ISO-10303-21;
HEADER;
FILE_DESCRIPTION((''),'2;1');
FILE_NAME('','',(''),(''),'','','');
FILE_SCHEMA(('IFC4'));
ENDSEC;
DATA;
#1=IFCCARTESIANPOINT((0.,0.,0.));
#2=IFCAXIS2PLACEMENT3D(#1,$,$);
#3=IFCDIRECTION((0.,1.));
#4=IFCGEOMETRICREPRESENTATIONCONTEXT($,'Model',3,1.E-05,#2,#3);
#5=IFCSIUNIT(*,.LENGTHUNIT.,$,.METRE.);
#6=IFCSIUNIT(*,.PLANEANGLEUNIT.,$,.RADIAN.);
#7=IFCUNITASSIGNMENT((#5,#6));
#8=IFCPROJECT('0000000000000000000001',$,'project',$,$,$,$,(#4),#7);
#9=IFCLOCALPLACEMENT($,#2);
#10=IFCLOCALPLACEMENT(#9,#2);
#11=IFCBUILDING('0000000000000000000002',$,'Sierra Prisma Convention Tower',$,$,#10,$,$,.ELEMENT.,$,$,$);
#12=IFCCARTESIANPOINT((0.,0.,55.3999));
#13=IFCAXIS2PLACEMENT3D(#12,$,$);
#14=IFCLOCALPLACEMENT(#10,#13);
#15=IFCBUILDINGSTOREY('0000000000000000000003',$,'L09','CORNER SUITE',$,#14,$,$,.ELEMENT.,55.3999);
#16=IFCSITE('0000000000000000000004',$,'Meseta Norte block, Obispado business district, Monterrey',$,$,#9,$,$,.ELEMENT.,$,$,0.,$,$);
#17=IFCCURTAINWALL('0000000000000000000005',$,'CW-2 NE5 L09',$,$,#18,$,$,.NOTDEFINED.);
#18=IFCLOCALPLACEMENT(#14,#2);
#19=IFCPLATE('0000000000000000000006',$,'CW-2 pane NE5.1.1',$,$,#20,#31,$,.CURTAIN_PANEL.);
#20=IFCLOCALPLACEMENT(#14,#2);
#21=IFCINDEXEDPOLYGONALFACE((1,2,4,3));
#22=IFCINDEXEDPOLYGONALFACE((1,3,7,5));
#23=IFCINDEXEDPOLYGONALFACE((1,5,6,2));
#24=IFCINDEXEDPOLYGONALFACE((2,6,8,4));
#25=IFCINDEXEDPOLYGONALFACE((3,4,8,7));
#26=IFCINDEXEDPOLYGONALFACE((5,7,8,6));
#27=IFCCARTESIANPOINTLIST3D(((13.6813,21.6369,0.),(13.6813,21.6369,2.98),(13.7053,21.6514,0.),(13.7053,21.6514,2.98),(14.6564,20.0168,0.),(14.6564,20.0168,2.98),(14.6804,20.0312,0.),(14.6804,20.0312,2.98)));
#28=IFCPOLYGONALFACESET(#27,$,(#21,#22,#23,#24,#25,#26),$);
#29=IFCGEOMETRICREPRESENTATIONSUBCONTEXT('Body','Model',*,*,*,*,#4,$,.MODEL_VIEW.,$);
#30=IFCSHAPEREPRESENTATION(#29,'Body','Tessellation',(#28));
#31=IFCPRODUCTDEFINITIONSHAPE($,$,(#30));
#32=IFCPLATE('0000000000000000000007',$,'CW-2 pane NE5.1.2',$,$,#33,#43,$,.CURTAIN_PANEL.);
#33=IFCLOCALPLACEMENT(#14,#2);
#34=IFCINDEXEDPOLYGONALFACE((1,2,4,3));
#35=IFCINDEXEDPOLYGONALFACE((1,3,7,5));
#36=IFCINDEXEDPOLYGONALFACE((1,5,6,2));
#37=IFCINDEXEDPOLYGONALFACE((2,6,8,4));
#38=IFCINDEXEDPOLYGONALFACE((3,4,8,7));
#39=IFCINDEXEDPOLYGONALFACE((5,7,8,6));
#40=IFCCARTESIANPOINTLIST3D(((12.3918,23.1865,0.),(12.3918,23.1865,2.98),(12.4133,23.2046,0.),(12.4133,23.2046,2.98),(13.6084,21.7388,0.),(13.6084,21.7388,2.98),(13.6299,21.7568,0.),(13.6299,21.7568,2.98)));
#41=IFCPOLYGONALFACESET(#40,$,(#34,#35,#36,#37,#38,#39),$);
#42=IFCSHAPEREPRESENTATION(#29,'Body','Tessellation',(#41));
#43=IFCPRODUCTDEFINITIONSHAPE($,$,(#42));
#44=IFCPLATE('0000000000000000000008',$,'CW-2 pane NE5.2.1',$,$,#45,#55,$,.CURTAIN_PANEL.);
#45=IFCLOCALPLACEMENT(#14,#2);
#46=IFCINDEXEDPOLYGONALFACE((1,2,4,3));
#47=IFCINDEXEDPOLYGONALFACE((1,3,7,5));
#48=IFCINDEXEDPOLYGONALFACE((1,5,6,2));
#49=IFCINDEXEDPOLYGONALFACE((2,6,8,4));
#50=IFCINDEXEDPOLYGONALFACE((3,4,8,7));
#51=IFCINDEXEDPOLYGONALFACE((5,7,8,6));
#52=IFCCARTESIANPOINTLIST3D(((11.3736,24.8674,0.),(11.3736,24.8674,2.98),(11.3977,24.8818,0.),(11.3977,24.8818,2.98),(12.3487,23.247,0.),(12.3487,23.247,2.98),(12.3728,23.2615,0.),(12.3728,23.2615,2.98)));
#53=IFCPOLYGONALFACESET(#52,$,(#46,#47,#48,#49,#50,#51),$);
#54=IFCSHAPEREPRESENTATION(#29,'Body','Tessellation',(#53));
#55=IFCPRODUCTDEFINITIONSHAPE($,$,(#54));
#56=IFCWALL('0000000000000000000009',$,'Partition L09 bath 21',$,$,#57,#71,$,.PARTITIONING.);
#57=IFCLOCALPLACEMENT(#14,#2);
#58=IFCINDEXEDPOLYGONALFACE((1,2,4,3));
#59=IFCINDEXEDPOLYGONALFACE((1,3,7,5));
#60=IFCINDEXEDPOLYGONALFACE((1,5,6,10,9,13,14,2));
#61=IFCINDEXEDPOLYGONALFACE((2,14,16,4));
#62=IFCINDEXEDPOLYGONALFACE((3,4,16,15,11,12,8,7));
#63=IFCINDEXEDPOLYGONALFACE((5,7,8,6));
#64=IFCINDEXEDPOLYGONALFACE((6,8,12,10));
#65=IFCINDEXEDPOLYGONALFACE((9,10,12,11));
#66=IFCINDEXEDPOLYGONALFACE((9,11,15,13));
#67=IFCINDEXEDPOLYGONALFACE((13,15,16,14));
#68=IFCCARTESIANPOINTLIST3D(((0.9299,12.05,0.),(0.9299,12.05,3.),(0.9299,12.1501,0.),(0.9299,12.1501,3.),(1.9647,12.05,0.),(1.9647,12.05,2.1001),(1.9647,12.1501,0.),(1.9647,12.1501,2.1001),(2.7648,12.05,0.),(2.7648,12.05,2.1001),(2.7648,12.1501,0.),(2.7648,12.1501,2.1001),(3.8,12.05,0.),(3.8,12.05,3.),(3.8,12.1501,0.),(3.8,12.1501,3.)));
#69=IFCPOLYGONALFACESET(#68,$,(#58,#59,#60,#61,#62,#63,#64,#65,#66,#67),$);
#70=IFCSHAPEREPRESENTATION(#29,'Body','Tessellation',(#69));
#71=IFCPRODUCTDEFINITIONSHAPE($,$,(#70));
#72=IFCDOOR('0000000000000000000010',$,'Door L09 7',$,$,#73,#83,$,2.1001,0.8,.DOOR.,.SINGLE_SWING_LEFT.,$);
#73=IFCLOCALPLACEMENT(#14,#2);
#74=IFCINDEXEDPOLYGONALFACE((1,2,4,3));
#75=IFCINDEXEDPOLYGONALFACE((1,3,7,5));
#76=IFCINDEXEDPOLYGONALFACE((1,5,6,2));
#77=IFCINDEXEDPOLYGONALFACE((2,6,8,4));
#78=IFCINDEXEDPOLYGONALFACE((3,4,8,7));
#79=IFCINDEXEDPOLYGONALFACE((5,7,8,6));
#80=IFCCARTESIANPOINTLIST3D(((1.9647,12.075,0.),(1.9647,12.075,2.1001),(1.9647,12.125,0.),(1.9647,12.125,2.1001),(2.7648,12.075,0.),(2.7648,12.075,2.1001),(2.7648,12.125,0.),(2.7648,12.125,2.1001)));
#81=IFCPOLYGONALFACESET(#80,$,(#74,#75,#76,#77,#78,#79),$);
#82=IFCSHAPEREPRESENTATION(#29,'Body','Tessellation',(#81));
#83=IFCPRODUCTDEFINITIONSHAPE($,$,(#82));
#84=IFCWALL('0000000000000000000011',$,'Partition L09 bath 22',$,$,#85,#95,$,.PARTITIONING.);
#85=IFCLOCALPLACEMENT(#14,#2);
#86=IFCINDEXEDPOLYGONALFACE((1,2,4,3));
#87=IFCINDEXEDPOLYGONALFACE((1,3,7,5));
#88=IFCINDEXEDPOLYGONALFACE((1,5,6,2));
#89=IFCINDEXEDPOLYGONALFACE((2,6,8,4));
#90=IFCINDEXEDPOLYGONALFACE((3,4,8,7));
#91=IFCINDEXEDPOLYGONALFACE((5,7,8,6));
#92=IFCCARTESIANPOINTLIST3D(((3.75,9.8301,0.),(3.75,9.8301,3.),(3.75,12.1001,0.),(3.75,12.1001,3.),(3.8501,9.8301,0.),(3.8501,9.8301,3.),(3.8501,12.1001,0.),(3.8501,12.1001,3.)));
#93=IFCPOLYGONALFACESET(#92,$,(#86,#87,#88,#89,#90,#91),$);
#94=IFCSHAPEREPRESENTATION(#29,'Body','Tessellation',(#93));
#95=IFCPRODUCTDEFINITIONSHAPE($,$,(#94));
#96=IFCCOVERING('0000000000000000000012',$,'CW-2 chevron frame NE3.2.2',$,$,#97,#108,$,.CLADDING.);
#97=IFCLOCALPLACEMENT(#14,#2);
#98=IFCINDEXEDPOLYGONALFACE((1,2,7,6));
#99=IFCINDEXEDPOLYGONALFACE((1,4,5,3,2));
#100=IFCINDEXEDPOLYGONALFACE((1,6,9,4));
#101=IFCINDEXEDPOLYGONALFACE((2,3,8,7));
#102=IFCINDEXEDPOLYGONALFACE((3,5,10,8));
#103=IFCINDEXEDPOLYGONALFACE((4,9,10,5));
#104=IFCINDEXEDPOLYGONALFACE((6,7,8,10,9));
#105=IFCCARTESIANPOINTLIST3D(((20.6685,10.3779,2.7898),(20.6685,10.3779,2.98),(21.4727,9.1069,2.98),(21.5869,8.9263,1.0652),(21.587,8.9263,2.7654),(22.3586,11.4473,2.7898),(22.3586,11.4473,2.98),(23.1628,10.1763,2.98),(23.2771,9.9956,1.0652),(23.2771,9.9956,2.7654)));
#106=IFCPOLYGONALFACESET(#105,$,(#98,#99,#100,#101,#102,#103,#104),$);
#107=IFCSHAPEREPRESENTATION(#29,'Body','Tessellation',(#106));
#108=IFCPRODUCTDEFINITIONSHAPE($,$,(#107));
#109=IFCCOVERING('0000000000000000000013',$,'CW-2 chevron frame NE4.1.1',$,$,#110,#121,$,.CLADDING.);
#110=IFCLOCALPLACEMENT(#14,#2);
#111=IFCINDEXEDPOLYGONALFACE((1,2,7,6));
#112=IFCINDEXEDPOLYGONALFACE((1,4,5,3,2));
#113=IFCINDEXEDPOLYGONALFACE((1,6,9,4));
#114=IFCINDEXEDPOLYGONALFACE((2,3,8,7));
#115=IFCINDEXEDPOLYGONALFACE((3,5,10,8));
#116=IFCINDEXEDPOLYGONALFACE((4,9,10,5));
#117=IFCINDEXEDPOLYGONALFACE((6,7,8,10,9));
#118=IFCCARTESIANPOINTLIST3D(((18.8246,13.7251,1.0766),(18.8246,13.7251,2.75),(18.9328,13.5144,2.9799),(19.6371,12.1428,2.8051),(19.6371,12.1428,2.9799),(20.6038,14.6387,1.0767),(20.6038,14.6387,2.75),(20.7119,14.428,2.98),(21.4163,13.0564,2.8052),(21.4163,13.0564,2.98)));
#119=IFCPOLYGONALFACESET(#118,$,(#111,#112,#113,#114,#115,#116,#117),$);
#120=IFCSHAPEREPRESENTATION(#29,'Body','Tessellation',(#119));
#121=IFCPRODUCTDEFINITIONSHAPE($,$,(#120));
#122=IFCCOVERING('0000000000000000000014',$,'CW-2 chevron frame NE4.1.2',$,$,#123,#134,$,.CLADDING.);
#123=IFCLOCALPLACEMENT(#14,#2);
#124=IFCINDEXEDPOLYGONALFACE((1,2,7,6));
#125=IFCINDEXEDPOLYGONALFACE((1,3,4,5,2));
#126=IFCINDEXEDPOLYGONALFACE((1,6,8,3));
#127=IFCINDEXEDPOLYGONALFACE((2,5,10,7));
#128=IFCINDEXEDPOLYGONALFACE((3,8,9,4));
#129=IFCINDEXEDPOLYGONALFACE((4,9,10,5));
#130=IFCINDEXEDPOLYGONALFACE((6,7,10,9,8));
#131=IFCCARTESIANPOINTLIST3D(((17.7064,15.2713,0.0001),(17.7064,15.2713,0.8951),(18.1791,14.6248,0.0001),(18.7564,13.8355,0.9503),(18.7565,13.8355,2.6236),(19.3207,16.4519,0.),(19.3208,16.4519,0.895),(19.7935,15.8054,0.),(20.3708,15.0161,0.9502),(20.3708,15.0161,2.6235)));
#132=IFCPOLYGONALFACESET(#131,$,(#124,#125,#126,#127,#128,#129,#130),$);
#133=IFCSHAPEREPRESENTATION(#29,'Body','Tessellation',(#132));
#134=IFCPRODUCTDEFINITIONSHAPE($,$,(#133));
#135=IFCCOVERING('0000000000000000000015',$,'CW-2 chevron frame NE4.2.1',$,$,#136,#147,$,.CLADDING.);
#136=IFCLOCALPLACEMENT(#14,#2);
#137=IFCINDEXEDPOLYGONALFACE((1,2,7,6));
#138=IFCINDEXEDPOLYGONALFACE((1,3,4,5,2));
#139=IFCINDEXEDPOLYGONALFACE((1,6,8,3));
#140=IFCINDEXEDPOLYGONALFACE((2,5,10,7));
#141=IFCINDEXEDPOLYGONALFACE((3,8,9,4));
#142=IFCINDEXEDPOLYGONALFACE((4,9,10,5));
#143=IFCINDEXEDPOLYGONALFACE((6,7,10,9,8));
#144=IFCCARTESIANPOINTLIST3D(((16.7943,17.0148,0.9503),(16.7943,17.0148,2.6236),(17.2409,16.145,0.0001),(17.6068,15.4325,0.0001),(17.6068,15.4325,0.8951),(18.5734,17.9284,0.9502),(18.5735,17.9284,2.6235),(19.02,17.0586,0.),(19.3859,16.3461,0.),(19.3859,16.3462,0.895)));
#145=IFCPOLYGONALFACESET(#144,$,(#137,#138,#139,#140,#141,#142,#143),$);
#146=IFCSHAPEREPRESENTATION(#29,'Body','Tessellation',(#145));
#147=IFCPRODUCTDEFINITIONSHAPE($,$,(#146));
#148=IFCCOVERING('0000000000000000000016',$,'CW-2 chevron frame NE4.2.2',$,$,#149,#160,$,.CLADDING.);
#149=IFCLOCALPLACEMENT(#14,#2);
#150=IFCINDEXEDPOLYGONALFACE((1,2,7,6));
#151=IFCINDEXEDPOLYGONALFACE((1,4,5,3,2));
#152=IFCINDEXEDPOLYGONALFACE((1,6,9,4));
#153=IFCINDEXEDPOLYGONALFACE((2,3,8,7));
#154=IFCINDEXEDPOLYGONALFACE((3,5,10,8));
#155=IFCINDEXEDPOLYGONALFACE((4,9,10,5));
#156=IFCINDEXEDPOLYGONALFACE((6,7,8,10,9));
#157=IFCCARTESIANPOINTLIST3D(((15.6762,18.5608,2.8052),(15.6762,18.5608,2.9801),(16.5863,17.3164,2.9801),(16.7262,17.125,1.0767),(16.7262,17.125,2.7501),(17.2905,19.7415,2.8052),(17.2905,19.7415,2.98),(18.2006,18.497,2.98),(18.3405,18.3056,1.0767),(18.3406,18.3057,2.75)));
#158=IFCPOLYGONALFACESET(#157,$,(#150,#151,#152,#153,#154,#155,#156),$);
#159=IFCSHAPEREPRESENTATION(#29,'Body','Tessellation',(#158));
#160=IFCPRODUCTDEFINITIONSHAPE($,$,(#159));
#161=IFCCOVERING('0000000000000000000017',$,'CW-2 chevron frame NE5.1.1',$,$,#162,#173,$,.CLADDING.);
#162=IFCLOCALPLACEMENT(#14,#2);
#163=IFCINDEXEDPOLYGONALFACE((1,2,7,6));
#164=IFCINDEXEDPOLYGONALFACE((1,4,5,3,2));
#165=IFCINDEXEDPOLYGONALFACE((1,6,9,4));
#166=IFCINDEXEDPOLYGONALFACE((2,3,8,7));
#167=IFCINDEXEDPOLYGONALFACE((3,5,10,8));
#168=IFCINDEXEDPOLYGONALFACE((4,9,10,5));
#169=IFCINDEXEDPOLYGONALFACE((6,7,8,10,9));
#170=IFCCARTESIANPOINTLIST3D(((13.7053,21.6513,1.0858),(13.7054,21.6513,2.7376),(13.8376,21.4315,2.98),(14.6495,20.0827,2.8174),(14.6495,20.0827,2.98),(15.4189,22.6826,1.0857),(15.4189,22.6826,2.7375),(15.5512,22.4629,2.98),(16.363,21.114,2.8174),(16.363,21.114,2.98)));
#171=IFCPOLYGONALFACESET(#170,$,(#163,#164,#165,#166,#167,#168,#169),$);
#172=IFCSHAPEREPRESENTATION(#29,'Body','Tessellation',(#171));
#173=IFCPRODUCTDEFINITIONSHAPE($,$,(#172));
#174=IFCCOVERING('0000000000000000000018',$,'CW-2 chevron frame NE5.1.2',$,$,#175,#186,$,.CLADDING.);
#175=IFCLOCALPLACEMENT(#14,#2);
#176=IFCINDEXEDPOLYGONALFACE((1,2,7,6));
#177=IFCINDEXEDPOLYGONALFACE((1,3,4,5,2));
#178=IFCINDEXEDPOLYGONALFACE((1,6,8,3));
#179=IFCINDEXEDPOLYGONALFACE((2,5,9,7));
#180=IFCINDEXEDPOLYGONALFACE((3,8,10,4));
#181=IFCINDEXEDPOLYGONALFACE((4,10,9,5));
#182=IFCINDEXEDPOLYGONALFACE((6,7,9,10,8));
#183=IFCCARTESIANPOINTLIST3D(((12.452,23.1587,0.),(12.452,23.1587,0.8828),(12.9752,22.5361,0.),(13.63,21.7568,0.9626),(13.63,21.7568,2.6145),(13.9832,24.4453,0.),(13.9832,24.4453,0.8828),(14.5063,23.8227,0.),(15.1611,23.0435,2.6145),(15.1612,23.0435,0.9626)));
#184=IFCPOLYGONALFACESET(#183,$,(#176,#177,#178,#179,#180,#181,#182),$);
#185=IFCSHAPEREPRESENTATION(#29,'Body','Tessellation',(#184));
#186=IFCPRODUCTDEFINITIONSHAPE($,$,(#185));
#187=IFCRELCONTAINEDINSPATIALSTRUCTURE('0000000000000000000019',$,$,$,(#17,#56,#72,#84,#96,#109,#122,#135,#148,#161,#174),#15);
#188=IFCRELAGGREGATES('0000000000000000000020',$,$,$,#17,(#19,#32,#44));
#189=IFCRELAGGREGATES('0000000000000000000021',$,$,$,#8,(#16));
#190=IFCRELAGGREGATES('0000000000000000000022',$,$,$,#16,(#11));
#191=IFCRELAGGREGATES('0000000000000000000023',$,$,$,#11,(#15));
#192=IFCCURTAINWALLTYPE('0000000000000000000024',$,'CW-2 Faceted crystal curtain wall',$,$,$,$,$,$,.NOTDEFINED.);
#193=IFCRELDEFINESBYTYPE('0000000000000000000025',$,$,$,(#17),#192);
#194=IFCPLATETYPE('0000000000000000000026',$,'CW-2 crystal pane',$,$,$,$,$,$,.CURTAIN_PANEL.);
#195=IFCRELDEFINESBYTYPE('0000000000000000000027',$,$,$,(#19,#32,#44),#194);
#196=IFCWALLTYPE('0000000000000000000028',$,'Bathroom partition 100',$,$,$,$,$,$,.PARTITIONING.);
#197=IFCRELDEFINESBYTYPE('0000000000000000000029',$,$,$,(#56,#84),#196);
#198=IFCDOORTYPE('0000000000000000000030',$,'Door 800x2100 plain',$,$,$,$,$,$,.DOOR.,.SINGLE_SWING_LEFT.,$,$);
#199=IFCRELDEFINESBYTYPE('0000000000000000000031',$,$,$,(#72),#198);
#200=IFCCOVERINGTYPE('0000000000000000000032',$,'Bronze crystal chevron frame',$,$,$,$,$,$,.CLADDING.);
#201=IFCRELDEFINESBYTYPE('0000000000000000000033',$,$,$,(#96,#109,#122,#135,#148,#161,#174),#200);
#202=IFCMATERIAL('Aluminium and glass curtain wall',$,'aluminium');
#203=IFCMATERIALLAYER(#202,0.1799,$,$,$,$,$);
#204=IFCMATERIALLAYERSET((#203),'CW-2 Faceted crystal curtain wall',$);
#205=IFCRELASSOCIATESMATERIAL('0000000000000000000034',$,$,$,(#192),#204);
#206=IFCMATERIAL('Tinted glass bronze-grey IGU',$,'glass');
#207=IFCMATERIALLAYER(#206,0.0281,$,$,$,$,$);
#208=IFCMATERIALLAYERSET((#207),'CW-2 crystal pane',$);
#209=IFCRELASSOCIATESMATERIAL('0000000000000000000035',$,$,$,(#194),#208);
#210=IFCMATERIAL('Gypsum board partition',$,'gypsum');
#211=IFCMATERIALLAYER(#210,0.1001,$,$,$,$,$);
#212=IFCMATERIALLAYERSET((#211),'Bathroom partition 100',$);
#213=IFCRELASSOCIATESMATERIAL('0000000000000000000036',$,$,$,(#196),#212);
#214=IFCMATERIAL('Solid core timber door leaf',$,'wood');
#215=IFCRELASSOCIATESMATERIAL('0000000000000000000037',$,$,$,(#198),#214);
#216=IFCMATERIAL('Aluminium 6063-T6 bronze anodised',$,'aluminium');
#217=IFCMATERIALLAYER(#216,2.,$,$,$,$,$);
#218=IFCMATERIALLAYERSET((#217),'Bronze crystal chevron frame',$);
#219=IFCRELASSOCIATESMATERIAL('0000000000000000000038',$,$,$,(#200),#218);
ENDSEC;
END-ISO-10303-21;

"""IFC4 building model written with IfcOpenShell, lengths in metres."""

from ifc_helpers import new_model, si_unit, direction, frame, frame_2d, origin, place, context, subcontext, project, spatial, polyline, rectangle, outline, extrude, material, layer, layer_set, type_object, element, fill, aggregate, save


model = new_model("IFC4")

# Units and contexts
model_context = context("Model", 3, precision=1e-05, world=origin(), true_north=direction((0.0, 1.0)))
body_context = subcontext(model_context, "Body", "Model", "MODEL_VIEW")
ifc_project = project(units=[si_unit("LENGTHUNIT", "METRE"), si_unit("PLANEANGLEUNIT", "RADIAN")], contexts=[model_context])

# Site, building, storey
site_placement = place(None, origin())
site = spatial("IfcSite", under=ifc_project, at=site_placement, Name="Meseta Norte block, Obispado business district, Monterrey", CompositionType="ELEMENT", RefElevation=0.0)
building_placement = place(site_placement, origin())
building = spatial("IfcBuilding", under=site, at=building_placement, Name="Sierra Prisma Convention Tower", CompositionType="ELEMENT")
storey_placement = place(building_placement, frame((0.0, 0.0, 55.3999)))
storey = spatial("IfcBuildingStorey", under=building, at=storey_placement, Name="L09", Description="CORNER SUITE", CompositionType="ELEMENT", Elevation=55.3999)

# Curtain wall
ifc_material_1 = material(Name="Aluminium and glass curtain wall", Category="aluminium")
ifc_layer_1 = layer(ifc_material_1, 0.1799)
ifc_layer_set_1 = layer_set([ifc_layer_1], Name="CW-2 Faceted crystal curtain wall")
curtain_wall_type = type_object("IfcCurtainWallType", Name="CW-2 Faceted crystal curtain wall", PredefinedType="NOTDEFINED", material=ifc_layer_set_1)
curtain_wall_1_placement = place(storey_placement, origin())
curtain_wall_1 = element("IfcCurtainWall", 1, at=curtain_wall_1_placement, inside=storey, type_object=curtain_wall_type, Name="CW-2 NE5 L09", PredefinedType="NOTDEFINED")

# Plates
ifc_material_2 = material(Name="Tinted glass bronze-grey IGU", Category="glass")
ifc_layer_2 = layer(ifc_material_2, 0.0281)
ifc_layer_set_2 = layer_set([ifc_layer_2], Name="CW-2 crystal pane")
plate_type = type_object("IfcPlateType", Name="CW-2 crystal pane", PredefinedType="CURTAIN_PANEL", material=ifc_layer_set_2)
plate_1_placement = place(storey_placement, frame((14.6804, 20.0312, 0.0), z_axis=(0.856786, 0.515672, 0.0), x_axis=(-0.515672, 0.856786, 0.0)))
plate_1 = element("IfcPlate", 2, at=plate_1_placement, type_object=plate_type, Name="CW-2 pane NE5.1.1", PredefinedType="CURTAIN_PANEL", context=body_context, shape_type="SweptSolid", body=[
    extrude(outline(polyline([(0.0, 0.0), (1.8909, 0.0), (1.8909, 2.98), (0.0, 2.98), (0.0, 0.0)])), origin(), (0.0, 0.0, -1.0), 0.0281),
])
plate_2_placement = place(storey_placement, frame((12.4133, 23.2046, 0.0), z_axis=(0.76559, 0.643328, 0.0), x_axis=(0.643328, -0.76559, 0.0)))
plate_2 = element("IfcPlate", 3, at=plate_2_placement, type_object=plate_type, Name="CW-2 pane NE5.1.2", PredefinedType="CURTAIN_PANEL", context=body_context, shape_type="SweptSolid", body=[
    extrude(outline(polyline([(0.0, 0.0), (1.891, 0.0), (1.891, -2.98), (0.0, -2.98), (0.0, 0.0)])), origin(), (0.0, 0.0, -1.0), 0.0281),
])
plate_3_placement = place(storey_placement, frame((12.3728, 23.2615, 0.0), z_axis=(0.85682, 0.515615, 0.0), x_axis=(-0.515615, 0.85682, 0.0)))
plate_3 = element("IfcPlate", 4, at=plate_3_placement, type_object=plate_type, Name="CW-2 pane NE5.2.1", PredefinedType="CURTAIN_PANEL", context=body_context, shape_type="SweptSolid", body=[
    extrude(outline(polyline([(0.0, 0.0), (1.8911, 0.0), (1.8911, 2.98), (0.0, 2.98), (0.0, 0.0)])), origin(), (0.0, 0.0, -1.0), 0.0281),
])
aggregate(curtain_wall_1, [plate_1, plate_2, plate_3])

# Wall, opening, door
ifc_material_3 = material(Name="Gypsum board partition", Category="gypsum")
ifc_layer_3 = layer(ifc_material_3, 0.1001)
ifc_layer_set_3 = layer_set([ifc_layer_3], Name="Bathroom partition 100")
wall_type = type_object("IfcWallType", Name="Bathroom partition 100", PredefinedType="PARTITIONING", material=ifc_layer_set_3)
wall_1_placement = place(storey_placement, frame((0.9299, 12.1001, 0.0), z_axis=(0.0, 0.0, 1.0), x_axis=(1.0, 0.0, 0.0)))
wall_1 = element("IfcWall", 5, at=wall_1_placement, inside=storey, type_object=wall_type, Name="Partition L09 bath 21", PredefinedType="PARTITIONING", context=body_context, shape_type="SweptSolid", body=[
    extrude(rectangle(XDim=2.8701, YDim=0.1001, at=frame_2d((1.4351, 0.0))), origin(), (0.0, 0.0, 1.0), 3.0),
])
opening_placement = place(wall_1_placement, frame((1.0349, 0.0, 0.0)))
opening = element("IfcOpeningElement", 6, at=opening_placement, cuts=wall_1, PredefinedType="OPENING", context=body_context, shape_type="SweptSolid", body=[
    extrude(rectangle(XDim=0.8, YDim=2.1001, at=frame_2d((0.3999, 1.05))), frame((0.0, 0.05, 0.0), z_axis=(0.0, -1.0, 0.0), x_axis=(1.0, 0.0, 0.0)), (0.0, 0.0, 1.0), 0.1001),
])
ifc_material_4 = material(Name="Solid core timber door leaf", Category="wood")
door_type = type_object("IfcDoorType", Name="Door 800x2100 plain", OperationType="SINGLE_SWING_LEFT", PredefinedType="DOOR", material=ifc_material_4)
door_placement = place(opening_placement, origin())
door = element("IfcDoor", 7, at=door_placement, inside=storey, type_object=door_type, Name="Door L09 7", OperationType="SINGLE_SWING_LEFT", OverallHeight=2.1001, OverallWidth=0.8, PredefinedType="DOOR", context=body_context, shape_type="SweptSolid", body=[
    extrude(rectangle(XDim=0.8, YDim=2.1001, at=frame_2d((0.3999, 1.05))), frame((0.0, 0.0249, 0.0), z_axis=(0.0, -1.0, 0.0), x_axis=(1.0, 0.0, 0.0)), (0.0, 0.0, 1.0), 0.05),
])
fill(opening, door)

# Wall
wall_2_placement = place(storey_placement, frame((3.8, 12.1001, 0.0), z_axis=(0.0, 0.0, 1.0), x_axis=(0.0, -1.0, 0.0)))
element("IfcWall", 8, at=wall_2_placement, inside=storey, type_object=wall_type, Name="Partition L09 bath 22", PredefinedType="PARTITIONING", context=body_context, shape_type="SweptSolid", body=[
    extrude(rectangle(XDim=2.27, YDim=0.1001, at=frame_2d((1.135, 0.0))), origin(), (0.0, 0.0, 1.0), 3.0),
])

# Coverings
ifc_material_5 = material(Name="Aluminium 6063-T6 bronze anodised", Category="aluminium")
ifc_layer_4 = layer(ifc_material_5, 2.0)
ifc_layer_set_4 = layer_set([ifc_layer_4], Name="Bronze crystal chevron frame")
covering_type = type_object("IfcCoveringType", Name="Bronze crystal chevron frame", PredefinedType="CLADDING", material=ifc_layer_set_4)
covering_1_placement = place(storey_placement, frame((22.3586, 11.4473, 2.98), z_axis=(0.845062, 0.534669, -0.000019), x_axis=(0.534669, -0.845062, 0.0)))
element("IfcCovering", 9, at=covering_1_placement, inside=storey, type_object=covering_type, Name="CW-2 chevron frame NE3.2.2", PredefinedType="CLADDING", context=body_context, shape_type="SweptSolid", body=[
    extrude(outline(polyline([(0.0, 0.0), (1.5041, 0.0), (1.7178, 0.2146), (1.7178, 1.9148), (0.0, 0.1902), (0.0, 0.0)])), origin(), (0.0, 0.0, -1.0), 2.0),
])
covering_2_placement = place(storey_placement, frame((21.4163, 13.0564, 2.98), z_axis=(0.889571, 0.456798, 0.000016), x_axis=(0.000014, 0.000007, -1.0)))
element("IfcCovering", 10, at=covering_2_placement, inside=storey, type_object=covering_type, Name="CW-2 chevron frame NE4.1.1", PredefinedType="CLADDING", context=body_context, shape_type="SweptSolid", body=[
    extrude(outline(polyline([(0.0, 0.0), (0.1748, 0.0), (1.9033, 1.7787), (0.23, 1.7787), (0.0, 1.5419), (0.0, 0.0)])), origin(), (0.0, 0.0, -1.0), 2.0),
])
covering_3_placement = place(storey_placement, frame((20.3708, 15.0161, 2.6235), z_axis=(0.807184, 0.590299, -0.000038), x_axis=(-0.000031, -0.000023, -1.0)))
element("IfcCovering", 11, at=covering_3_placement, inside=storey, type_object=covering_type, Name="CW-2 chevron frame NE4.1.2", PredefinedType="CLADDING", context=body_context, shape_type="SweptSolid", body=[
    extrude(outline(polyline([(0.0, 0.0), (1.6733, 0.0), (2.6235, 0.978), (2.6235, 1.7788), (1.7285, 1.7788), (0.0, 0.0)])), origin(), (0.0, 0.0, -1.0), 2.0),
])
covering_4_placement = place(storey_placement, frame((19.02, 17.0586, 0.0), z_axis=(0.889561, 0.456817, -0.000044), x_axis=(-0.327581, 0.637966, 0.696915)))
element("IfcCovering", 12, at=covering_4_placement, inside=storey, type_object=covering_type, Name="CW-2 chevron frame NE4.2.1", PredefinedType="CLADDING", context=body_context, shape_type="SweptSolid", body=[
    extrude(outline(polyline([(0.0, 0.0), (1.3634, 0.0), (2.5296, 1.2), (0.0494, 1.2), (-0.5744, 0.5582), (0.0, 0.0)])), origin(), (0.0, 0.0, -1.0), 2.0),
])
covering_5_placement = place(storey_placement, frame((17.2905, 19.7415, 2.98), z_axis=(0.80717, 0.59032, -0.000036), x_axis=(0.59032, -0.80717, 0.0)))
element("IfcCovering", 13, at=covering_5_placement, inside=storey, type_object=covering_type, Name="CW-2 chevron frame NE4.2.2", PredefinedType="CLADDING", context=body_context, shape_type="SweptSolid", body=[
    extrude(outline(polyline([(0.0, 0.0), (1.5417, 0.0), (1.7788, 0.23), (1.7788, 1.9033), (0.0, 0.1748), (0.0, 0.0)])), origin(), (0.0, 0.0, -1.0), 2.0),
])
covering_6_placement = place(storey_placement, frame((16.363, 21.114, 2.98), z_axis=(0.856788, 0.515668, -0.000033), x_axis=(-0.000028, -0.000017, -1.0)))
element("IfcCovering", 14, at=covering_6_placement, inside=storey, type_object=covering_type, Name="CW-2 chevron frame NE5.1.1", PredefinedType="CLADDING", context=body_context, shape_type="SweptSolid", body=[
    extrude(outline(polyline([(0.0, 0.0), (0.1626, 0.0), (1.8943, 1.8308), (0.2424, 1.8308), (0.0, 1.5743), (0.0, 0.0)])), origin(), (0.0, 0.0, -1.0), 2.0),
])
covering_7_placement = place(storey_placement, frame((15.1611, 23.0435, 2.6145), z_axis=(0.765587, 0.643333, 0.000015), x_axis=(0.000011, 0.00001, -1.0)))
element("IfcCovering", 15, at=covering_7_placement, inside=storey, type_object=covering_type, Name="CW-2 chevron frame NE5.1.2", PredefinedType="CLADDING", context=body_context, shape_type="SweptSolid", body=[
    extrude(outline(polyline([(0.0, 0.0), (1.6519, 0.0), (2.6145, 1.0179), (2.6145, 1.8311), (1.7317, 1.8311), (0.0, 0.0)])), origin(), (0.0, 0.0, -1.0), 2.0),
])

save(model, "model.ifc")
